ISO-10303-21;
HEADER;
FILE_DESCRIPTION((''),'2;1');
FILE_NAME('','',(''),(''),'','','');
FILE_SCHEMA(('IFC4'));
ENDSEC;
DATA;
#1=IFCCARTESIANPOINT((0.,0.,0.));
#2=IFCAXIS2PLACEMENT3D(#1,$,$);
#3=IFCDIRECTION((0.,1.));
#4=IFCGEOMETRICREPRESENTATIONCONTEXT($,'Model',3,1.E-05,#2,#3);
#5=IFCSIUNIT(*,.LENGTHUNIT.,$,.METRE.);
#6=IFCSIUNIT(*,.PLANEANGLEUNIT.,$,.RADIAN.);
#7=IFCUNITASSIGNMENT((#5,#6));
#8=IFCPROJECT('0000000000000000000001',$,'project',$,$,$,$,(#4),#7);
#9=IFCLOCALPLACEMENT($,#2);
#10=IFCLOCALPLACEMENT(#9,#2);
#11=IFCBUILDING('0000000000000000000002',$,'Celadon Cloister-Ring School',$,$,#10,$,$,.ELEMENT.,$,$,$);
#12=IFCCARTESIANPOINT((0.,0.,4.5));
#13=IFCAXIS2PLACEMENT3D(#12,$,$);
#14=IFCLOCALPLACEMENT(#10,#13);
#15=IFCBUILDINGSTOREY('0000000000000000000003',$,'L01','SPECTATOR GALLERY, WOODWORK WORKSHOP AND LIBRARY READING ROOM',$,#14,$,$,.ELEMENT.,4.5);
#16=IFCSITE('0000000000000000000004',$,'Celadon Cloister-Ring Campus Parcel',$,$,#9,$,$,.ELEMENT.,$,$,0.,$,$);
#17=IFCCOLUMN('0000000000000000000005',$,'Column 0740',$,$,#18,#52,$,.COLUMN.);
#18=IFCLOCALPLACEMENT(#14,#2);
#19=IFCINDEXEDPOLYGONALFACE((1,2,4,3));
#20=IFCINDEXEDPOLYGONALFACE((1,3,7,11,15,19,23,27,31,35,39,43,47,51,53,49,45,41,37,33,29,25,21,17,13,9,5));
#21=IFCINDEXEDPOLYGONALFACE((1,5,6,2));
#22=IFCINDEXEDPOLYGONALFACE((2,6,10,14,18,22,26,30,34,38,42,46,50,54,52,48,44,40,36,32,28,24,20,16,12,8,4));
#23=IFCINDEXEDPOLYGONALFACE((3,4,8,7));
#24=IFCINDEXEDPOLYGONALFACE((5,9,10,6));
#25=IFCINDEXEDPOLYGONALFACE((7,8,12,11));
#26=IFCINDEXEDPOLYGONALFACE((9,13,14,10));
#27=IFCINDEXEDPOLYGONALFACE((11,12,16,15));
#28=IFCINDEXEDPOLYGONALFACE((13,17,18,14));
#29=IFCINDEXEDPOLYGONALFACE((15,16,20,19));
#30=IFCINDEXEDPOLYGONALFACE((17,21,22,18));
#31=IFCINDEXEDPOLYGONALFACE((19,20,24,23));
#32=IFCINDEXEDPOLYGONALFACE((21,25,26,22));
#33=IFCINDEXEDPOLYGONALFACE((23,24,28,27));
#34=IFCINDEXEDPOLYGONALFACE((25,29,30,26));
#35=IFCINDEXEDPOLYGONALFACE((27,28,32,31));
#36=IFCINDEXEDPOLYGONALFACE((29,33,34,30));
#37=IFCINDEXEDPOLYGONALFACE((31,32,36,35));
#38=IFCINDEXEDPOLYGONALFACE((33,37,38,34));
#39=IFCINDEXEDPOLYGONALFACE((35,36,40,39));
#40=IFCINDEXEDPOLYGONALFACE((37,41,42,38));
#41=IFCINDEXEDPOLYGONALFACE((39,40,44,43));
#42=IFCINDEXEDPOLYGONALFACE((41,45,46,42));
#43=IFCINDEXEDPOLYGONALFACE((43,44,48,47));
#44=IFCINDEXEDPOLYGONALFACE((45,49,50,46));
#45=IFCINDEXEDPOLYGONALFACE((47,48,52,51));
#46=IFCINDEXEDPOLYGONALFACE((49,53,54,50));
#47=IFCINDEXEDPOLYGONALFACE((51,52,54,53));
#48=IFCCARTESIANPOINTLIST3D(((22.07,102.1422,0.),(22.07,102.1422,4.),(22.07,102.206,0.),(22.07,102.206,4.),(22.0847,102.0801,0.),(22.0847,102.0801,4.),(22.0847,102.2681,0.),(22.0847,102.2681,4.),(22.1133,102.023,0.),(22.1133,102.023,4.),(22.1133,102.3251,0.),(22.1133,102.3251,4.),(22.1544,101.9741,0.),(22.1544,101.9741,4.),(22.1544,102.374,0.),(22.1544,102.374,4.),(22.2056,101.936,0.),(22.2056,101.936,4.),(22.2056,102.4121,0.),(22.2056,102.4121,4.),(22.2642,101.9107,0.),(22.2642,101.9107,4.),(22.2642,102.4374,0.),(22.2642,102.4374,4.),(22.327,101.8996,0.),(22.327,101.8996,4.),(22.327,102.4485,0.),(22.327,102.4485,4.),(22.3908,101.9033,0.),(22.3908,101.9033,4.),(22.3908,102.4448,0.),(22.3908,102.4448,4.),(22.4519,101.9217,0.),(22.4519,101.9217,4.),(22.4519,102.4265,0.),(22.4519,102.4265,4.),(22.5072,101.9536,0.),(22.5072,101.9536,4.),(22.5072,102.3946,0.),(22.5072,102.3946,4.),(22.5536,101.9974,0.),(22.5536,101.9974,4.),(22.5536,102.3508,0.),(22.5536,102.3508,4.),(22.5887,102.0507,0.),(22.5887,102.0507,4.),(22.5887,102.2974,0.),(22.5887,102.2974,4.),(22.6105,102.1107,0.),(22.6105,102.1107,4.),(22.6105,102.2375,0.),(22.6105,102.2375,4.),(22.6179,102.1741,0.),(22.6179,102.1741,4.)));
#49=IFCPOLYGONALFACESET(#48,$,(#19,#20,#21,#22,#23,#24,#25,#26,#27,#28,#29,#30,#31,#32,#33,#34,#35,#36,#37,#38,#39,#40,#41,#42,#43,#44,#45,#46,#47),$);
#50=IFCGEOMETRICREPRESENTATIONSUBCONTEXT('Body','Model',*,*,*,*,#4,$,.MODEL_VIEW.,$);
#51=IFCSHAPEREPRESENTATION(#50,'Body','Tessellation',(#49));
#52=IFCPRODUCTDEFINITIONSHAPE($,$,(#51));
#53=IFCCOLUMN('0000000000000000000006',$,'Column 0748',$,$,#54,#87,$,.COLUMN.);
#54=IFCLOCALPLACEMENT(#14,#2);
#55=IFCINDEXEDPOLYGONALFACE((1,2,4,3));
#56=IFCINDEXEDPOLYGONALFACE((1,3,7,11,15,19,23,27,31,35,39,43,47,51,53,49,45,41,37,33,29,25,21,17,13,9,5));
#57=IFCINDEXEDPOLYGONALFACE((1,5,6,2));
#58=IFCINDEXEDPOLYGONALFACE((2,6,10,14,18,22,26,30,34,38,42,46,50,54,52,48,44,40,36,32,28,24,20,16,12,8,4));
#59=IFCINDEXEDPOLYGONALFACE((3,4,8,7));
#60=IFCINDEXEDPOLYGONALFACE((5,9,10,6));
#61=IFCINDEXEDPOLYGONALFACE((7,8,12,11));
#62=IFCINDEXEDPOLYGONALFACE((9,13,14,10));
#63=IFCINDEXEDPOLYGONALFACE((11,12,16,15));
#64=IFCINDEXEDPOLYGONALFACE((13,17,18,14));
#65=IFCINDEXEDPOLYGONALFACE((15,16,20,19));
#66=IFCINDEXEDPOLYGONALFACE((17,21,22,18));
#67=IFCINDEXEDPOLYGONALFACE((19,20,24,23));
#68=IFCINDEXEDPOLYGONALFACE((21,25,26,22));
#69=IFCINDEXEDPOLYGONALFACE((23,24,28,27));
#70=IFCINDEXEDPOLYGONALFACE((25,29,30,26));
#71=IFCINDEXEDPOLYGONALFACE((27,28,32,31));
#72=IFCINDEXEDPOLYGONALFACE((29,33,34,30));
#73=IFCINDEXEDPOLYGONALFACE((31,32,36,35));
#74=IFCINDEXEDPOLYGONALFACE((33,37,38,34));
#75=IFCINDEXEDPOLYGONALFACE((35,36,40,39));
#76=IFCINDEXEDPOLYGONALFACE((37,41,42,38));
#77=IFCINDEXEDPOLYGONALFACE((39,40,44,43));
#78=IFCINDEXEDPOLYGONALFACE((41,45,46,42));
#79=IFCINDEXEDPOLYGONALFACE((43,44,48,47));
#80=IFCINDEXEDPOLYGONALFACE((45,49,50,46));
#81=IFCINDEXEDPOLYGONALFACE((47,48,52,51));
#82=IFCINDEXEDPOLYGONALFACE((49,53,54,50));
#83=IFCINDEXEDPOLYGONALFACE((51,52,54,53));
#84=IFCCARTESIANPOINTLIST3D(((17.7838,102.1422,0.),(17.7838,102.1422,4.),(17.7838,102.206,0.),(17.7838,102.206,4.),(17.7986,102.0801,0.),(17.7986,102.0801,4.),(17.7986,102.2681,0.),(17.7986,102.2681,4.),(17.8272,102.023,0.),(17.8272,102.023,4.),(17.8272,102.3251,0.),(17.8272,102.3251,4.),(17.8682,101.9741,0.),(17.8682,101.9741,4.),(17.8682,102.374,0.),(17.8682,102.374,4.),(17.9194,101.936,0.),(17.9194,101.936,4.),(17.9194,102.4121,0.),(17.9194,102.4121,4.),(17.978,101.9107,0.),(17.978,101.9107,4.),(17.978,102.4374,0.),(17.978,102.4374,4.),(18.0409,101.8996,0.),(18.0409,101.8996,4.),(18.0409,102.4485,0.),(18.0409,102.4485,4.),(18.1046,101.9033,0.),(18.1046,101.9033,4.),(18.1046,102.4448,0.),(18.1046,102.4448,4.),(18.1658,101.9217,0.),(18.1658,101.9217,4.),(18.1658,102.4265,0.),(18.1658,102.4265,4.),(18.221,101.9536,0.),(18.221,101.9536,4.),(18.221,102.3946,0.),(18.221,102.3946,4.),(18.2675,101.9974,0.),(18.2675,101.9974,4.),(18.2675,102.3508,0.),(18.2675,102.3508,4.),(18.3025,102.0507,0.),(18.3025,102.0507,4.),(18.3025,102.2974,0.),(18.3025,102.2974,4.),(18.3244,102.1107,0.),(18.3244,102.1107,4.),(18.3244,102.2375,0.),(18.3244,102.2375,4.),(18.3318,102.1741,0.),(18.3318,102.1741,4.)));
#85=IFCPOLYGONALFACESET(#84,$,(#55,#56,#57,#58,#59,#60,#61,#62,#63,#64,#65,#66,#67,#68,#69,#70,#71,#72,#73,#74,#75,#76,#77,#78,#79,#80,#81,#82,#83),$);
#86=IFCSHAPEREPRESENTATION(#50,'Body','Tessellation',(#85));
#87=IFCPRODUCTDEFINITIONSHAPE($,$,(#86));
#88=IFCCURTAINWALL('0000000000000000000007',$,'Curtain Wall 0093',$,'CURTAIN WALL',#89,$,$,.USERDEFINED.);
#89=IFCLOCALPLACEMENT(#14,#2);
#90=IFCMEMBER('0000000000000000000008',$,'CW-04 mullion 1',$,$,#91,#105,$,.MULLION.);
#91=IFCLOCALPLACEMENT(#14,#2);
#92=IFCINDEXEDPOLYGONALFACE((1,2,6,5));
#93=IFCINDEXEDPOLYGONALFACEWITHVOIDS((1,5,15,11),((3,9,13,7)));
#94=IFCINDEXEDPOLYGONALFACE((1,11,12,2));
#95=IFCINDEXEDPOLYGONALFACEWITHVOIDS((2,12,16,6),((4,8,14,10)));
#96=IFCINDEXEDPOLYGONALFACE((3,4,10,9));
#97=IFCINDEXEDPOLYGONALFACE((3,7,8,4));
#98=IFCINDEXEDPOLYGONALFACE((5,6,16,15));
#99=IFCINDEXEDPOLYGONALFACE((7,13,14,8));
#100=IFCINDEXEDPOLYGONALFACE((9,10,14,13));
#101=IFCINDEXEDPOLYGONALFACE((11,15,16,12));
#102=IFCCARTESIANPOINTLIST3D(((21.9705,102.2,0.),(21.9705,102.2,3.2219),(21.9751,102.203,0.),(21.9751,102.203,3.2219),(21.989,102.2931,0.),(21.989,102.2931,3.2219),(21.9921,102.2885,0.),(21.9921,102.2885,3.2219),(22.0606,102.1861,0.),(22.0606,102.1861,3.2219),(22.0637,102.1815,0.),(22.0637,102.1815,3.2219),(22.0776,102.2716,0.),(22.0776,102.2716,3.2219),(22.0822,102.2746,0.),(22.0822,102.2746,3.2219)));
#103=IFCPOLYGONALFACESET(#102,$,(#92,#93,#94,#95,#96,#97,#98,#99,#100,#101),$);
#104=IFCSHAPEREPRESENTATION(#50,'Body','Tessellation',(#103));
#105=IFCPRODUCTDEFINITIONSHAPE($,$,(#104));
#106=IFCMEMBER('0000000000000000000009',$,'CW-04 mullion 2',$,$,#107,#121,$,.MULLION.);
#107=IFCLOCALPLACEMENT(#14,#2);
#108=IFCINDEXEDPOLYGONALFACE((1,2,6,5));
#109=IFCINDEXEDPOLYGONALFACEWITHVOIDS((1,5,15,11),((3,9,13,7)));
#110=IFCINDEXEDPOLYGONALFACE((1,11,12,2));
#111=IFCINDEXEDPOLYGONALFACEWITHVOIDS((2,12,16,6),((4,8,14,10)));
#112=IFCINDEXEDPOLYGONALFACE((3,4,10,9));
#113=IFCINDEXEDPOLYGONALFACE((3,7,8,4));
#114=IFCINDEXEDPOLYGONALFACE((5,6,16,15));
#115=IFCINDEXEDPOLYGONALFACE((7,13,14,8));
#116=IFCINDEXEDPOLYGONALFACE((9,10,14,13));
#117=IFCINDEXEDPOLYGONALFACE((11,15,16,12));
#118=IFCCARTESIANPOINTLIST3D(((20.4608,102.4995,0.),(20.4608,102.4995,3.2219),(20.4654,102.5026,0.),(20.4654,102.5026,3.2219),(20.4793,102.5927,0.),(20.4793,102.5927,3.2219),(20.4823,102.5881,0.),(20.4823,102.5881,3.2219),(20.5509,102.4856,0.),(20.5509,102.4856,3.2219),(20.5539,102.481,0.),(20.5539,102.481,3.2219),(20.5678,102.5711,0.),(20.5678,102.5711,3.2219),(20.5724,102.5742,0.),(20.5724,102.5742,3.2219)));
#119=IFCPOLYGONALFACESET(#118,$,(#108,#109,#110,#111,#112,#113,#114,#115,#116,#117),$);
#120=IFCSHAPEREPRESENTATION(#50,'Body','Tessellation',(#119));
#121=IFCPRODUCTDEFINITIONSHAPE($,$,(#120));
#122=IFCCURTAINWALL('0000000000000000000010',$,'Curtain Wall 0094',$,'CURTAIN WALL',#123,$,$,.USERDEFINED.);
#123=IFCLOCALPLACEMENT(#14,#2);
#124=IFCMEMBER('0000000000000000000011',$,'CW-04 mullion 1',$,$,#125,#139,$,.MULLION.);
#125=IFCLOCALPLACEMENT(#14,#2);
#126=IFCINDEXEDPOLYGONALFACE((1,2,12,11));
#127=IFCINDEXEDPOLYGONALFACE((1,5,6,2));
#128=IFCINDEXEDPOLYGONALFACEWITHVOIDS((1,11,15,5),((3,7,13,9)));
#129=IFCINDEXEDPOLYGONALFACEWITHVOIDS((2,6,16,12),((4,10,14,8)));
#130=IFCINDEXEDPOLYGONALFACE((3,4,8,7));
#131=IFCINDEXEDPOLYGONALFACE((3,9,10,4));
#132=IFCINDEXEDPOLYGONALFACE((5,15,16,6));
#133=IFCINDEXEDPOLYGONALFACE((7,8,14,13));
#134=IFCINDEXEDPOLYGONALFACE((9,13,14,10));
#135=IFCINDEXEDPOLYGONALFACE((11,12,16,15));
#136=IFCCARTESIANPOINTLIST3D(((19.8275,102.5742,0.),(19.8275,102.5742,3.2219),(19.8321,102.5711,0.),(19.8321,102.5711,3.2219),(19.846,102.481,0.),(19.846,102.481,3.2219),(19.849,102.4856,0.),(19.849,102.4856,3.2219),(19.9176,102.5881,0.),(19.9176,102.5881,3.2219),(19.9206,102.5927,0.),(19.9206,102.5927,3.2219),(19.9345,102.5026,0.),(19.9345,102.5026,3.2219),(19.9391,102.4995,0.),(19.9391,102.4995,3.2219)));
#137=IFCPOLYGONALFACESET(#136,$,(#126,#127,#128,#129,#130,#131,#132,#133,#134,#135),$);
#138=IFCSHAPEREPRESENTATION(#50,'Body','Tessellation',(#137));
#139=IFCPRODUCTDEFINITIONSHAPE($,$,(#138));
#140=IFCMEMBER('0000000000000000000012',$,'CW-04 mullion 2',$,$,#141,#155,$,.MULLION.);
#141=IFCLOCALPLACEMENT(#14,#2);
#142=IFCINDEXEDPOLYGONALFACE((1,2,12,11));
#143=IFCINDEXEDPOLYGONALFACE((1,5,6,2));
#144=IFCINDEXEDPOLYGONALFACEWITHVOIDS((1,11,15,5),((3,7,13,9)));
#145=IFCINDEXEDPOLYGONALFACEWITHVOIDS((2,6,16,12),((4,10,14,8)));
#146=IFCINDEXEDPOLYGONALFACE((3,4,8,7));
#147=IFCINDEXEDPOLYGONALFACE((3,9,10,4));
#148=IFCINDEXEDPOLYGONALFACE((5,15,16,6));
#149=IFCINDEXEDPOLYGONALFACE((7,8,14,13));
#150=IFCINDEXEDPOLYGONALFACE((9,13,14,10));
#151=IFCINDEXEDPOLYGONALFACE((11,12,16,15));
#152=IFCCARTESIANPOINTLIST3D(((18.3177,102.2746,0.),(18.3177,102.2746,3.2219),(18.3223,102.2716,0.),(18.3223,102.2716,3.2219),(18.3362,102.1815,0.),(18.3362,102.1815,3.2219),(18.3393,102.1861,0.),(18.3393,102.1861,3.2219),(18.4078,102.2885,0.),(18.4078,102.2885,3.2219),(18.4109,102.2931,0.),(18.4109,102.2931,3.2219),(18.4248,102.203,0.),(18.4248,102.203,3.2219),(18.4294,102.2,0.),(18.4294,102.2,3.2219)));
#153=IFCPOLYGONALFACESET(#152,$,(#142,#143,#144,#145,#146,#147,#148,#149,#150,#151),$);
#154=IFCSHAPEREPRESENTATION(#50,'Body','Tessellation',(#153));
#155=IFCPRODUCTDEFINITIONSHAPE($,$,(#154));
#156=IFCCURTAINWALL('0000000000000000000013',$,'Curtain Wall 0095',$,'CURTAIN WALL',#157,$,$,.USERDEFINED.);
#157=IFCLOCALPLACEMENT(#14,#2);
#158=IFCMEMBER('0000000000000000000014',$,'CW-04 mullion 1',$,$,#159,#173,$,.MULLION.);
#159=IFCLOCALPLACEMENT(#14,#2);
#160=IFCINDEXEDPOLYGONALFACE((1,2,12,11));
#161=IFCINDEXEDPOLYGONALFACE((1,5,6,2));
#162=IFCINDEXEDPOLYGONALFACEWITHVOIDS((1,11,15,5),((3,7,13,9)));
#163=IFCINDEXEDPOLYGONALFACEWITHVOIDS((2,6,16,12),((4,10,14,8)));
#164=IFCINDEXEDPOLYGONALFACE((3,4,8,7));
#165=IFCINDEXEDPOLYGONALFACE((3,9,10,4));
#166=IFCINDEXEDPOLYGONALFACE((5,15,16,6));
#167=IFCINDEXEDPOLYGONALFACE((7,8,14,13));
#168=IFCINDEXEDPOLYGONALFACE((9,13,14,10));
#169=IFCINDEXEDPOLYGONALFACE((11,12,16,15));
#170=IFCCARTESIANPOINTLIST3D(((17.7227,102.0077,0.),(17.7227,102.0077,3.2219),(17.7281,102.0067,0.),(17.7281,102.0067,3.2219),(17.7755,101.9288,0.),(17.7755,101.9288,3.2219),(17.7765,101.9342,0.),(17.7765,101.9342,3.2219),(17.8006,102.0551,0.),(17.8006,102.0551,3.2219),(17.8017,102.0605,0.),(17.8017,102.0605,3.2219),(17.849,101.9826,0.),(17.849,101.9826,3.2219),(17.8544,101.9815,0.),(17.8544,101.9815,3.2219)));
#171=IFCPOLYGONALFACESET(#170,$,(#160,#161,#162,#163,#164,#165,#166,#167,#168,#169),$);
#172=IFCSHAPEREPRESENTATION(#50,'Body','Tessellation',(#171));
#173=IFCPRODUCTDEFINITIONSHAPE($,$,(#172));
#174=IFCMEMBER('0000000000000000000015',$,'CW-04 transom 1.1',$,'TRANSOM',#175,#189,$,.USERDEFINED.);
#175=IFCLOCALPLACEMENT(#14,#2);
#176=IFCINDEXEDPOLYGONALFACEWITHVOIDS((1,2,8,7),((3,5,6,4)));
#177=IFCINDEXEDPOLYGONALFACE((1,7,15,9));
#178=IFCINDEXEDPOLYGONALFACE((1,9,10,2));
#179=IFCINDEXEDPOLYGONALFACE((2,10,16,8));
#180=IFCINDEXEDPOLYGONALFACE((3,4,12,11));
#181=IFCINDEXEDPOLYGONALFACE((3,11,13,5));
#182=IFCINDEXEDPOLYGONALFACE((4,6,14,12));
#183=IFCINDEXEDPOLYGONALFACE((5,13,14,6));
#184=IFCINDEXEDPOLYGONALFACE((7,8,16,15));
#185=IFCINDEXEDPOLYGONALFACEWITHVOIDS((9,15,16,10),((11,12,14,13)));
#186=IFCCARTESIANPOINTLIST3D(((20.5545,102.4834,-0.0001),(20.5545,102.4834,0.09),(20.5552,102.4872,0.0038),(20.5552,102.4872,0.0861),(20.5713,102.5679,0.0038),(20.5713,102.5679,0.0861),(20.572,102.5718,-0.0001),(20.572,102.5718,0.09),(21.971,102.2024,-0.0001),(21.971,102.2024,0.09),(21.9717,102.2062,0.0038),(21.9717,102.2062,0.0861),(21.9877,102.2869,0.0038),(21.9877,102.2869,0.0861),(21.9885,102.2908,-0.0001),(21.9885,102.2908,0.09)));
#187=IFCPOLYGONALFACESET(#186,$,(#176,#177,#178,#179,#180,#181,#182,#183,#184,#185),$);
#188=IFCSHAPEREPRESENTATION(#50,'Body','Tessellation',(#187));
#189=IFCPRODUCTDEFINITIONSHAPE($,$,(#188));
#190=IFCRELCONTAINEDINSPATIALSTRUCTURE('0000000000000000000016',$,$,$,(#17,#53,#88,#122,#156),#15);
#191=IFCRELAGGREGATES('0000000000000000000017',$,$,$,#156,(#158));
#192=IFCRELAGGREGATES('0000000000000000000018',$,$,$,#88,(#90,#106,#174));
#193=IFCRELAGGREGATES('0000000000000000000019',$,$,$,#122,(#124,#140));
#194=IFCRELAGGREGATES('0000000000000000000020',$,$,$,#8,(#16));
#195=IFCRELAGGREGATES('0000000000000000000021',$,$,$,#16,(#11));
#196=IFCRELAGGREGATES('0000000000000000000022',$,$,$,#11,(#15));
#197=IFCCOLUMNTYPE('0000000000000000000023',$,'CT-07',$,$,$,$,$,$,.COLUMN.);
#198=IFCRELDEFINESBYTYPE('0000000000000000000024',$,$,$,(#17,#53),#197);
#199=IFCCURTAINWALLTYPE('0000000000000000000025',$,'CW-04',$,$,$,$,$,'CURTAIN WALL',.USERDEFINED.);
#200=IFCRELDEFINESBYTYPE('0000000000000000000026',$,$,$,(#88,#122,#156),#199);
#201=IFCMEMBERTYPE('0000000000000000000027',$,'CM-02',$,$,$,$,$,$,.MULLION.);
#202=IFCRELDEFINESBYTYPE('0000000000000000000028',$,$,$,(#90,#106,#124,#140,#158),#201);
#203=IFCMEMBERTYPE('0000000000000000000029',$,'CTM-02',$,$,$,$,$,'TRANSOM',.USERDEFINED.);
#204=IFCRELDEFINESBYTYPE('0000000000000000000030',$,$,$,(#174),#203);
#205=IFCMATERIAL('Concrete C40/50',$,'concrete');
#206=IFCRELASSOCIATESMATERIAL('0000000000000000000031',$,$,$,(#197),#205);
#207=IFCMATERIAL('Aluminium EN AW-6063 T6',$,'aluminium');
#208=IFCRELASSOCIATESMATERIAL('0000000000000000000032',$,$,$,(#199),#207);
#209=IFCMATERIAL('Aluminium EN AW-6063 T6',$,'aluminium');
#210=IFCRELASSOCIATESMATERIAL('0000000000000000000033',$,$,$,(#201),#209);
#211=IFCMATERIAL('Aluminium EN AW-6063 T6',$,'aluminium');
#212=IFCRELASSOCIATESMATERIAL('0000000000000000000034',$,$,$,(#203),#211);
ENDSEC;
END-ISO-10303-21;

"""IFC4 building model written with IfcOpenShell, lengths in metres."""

from ifc_helpers import new_model, si_unit, direction, frame, origin, origin_2d, place, context, subcontext, project, spatial, hollow_rectangle, circle, extrude, material, material_profile, profile_set, type_object, element, aggregate, save


model = new_model("IFC4")

# Units and contexts
model_context = context("Model", 3, precision=1e-05, world=origin(), true_north=direction((0.0, 1.0)))
body_context = subcontext(model_context, "Body", "Model", "MODEL_VIEW")
ifc_project = project(units=[si_unit("LENGTHUNIT", "METRE"), si_unit("PLANEANGLEUNIT", "RADIAN")], contexts=[model_context])

# Site, building, storey
site_placement = place(None, origin())
site = spatial("IfcSite", under=ifc_project, at=site_placement, Name="Celadon Cloister-Ring Campus Parcel", CompositionType="ELEMENT", RefElevation=0.0)
building_placement = place(site_placement, origin())
building = spatial("IfcBuilding", under=site, at=building_placement, Name="Celadon Cloister-Ring School", CompositionType="ELEMENT")
storey_placement = place(building_placement, frame((0.0, 0.0, 4.5)))
storey = spatial("IfcBuildingStorey", under=building, at=storey_placement, Name="L01", Description="SPECTATOR GALLERY, WOODWORK WORKSHOP AND LIBRARY READING ROOM", CompositionType="ELEMENT", Elevation=4.5)

# Columns
ifc_material_1 = material(Name="Concrete C40/50", Category="concrete")
ifc_material_profile_1 = material_profile(ifc_material_1, circle(Radius=0.2749, at=origin_2d()), Name="CIRC550")
ifc_profile_set_1 = profile_set([ifc_material_profile_1], Name="Concrete C40/50")
column_type = type_object("IfcColumnType", Name="CT-07", PredefinedType="COLUMN", material=ifc_profile_set_1)
for number, where, z_axis, x_axis, name in (
    (1, (22.343, 102.1741, 0.0), (0.0, 0.0, 1.0), (1.0, 0.0, 0.0), "Column 0740"),
    (2, (18.0569, 102.1741, 0.0), (0.0, 0.0, 1.0), (1.0, 0.0, 0.0), "Column 0748"),
):
    element("IfcColumn", number, at=place(storey_placement, frame(where, z_axis=z_axis, x_axis=x_axis)), inside=storey, type_object=column_type, Name=name, PredefinedType="COLUMN", context=body_context, shape_type="SweptSolid", body=[
        extrude(circle(Radius=0.2749, at=origin_2d()), origin(), (0.0, 0.0, 1.0), 4.0),
    ])

# Curtain walls, members
ifc_material_2 = material(Name="Aluminium EN AW-6063 T6", Category="aluminium")
curtain_wall_type = type_object("IfcCurtainWallType", Name="CW-04", ElementType="CURTAIN WALL", PredefinedType="USERDEFINED", material=ifc_material_2)
curtain_wall_1_placement = place(storey_placement, origin())
curtain_wall_1 = element("IfcCurtainWall", 3, at=curtain_wall_1_placement, inside=storey, type_object=curtain_wall_type, Name="Curtain Wall 0093", ObjectType="CURTAIN WALL", PredefinedType="USERDEFINED")
ifc_material_3 = material(Name="Aluminium EN AW-6063 T6", Category="aluminium")
ifc_material_profile_2 = material_profile(ifc_material_3, hollow_rectangle(XDim=0.095, YDim=0.095, WallThickness=0.0039, at=origin_2d()), Name="RHS95X95X4")
ifc_profile_set_2 = profile_set([ifc_material_profile_2], Name="Aluminium EN AW-6063 T6")
member_type_1 = type_object("IfcMemberType", Name="CM-02", PredefinedType="MULLION", material=ifc_profile_set_2)
member_1_placement = place(storey_placement, frame((22.0264, 102.2373, 0.0), z_axis=(0.0, 0.0, 1.0), x_axis=(-0.194586, -0.980885, 0.0)))
member_1 = element("IfcMember", 4, at=member_1_placement, type_object=member_type_1, Name="CW-04 mullion 1", PredefinedType="MULLION", context=body_context, shape_type="SweptSolid", body=[
    extrude(hollow_rectangle(XDim=0.095, YDim=0.095, WallThickness=0.0039, at=origin_2d()), origin(), (0.0, 0.0, 1.0), 3.2219),
])
member_2_placement = place(storey_placement, frame((20.5166, 102.5369, 0.0), z_axis=(0.0, 0.0, 1.0), x_axis=(-0.194586, -0.980885, 0.0)))
member_2 = element("IfcMember", 5, at=member_2_placement, type_object=member_type_1, Name="CW-04 mullion 2", PredefinedType="MULLION", context=body_context, shape_type="SweptSolid", body=[
    extrude(hollow_rectangle(XDim=0.095, YDim=0.095, WallThickness=0.0039, at=origin_2d()), origin(), (0.0, 0.0, 1.0), 3.2219),
])
curtain_wall_2_placement = place(storey_placement, origin())
curtain_wall_2 = element("IfcCurtainWall", 6, at=curtain_wall_2_placement, inside=storey, type_object=curtain_wall_type, Name="Curtain Wall 0094", ObjectType="CURTAIN WALL", PredefinedType="USERDEFINED")
member_3_placement = place(storey_placement, frame((19.8833, 102.5369, 0.0), z_axis=(0.0, 0.0, 1.0), x_axis=(0.194586, -0.980885, 0.0)))
member_3 = element("IfcMember", 7, at=member_3_placement, type_object=member_type_1, Name="CW-04 mullion 1", PredefinedType="MULLION", context=body_context, shape_type="SweptSolid", body=[
    extrude(hollow_rectangle(XDim=0.095, YDim=0.095, WallThickness=0.0039, at=origin_2d()), origin(), (0.0, 0.0, 1.0), 3.2219),
])
member_4_placement = place(storey_placement, frame((18.3735, 102.2373, 0.0), z_axis=(0.0, 0.0, 1.0), x_axis=(0.194586, -0.980885, 0.0)))
member_4 = element("IfcMember", 8, at=member_4_placement, type_object=member_type_1, Name="CW-04 mullion 2", PredefinedType="MULLION", context=body_context, shape_type="SweptSolid", body=[
    extrude(hollow_rectangle(XDim=0.095, YDim=0.095, WallThickness=0.0039, at=origin_2d()), origin(), (0.0, 0.0, 1.0), 3.2219),
])

# Curtain wall, member
curtain_wall_3_placement = place(storey_placement, origin())
curtain_wall_3 = element("IfcCurtainWall", 9, at=curtain_wall_3_placement, inside=storey, type_object=curtain_wall_type, Name="Curtain Wall 0095", ObjectType="CURTAIN WALL", PredefinedType="USERDEFINED")
member_5_placement = place(storey_placement, frame((17.7886, 101.9946, 0.0), z_axis=(0.0, 0.0, 1.0), x_axis=(0.555547, -0.831485, 0.0)))
member_5 = element("IfcMember", 10, at=member_5_placement, type_object=member_type_1, Name="CW-04 mullion 1", PredefinedType="MULLION", context=body_context, shape_type="SweptSolid", body=[
    extrude(hollow_rectangle(XDim=0.095, YDim=0.095, WallThickness=0.0039, at=origin_2d()), origin(), (0.0, 0.0, 1.0), 3.2219),
])

# Member
ifc_material_4 = material(Name="Aluminium EN AW-6063 T6", Category="aluminium")
ifc_material_profile_3 = material_profile(ifc_material_4, hollow_rectangle(XDim=0.0901, YDim=0.0901, WallThickness=0.0039, at=origin_2d()), Name="RHS90X90X4")
ifc_profile_set_3 = profile_set([ifc_material_profile_3], Name="Aluminium EN AW-6063 T6")
member_type_2 = type_object("IfcMemberType", Name="CTM-02", ElementType="TRANSOM", PredefinedType="USERDEFINED", material=ifc_profile_set_3)
member_6_placement = place(storey_placement, frame((21.9797, 102.2466, 0.0449), z_axis=(-0.980885, 0.194588, 0.0), x_axis=(-0.194588, -0.980885, 0.0)))
member_6 = element("IfcMember", 11, at=member_6_placement, type_object=member_type_2, Name="CW-04 transom 1.1", ObjectType="TRANSOM", PredefinedType="USERDEFINED", context=body_context, shape_type="SweptSolid", body=[
    extrude(hollow_rectangle(XDim=0.0901, YDim=0.0901, WallThickness=0.0039, at=origin_2d()), origin(), (0.0, 0.0, 1.0), 1.4441),
])
aggregate(curtain_wall_3, [member_5])

aggregate(curtain_wall_1, [member_1, member_2, member_6])
aggregate(curtain_wall_2, [member_3, member_4])

save(model, "model.ifc")
